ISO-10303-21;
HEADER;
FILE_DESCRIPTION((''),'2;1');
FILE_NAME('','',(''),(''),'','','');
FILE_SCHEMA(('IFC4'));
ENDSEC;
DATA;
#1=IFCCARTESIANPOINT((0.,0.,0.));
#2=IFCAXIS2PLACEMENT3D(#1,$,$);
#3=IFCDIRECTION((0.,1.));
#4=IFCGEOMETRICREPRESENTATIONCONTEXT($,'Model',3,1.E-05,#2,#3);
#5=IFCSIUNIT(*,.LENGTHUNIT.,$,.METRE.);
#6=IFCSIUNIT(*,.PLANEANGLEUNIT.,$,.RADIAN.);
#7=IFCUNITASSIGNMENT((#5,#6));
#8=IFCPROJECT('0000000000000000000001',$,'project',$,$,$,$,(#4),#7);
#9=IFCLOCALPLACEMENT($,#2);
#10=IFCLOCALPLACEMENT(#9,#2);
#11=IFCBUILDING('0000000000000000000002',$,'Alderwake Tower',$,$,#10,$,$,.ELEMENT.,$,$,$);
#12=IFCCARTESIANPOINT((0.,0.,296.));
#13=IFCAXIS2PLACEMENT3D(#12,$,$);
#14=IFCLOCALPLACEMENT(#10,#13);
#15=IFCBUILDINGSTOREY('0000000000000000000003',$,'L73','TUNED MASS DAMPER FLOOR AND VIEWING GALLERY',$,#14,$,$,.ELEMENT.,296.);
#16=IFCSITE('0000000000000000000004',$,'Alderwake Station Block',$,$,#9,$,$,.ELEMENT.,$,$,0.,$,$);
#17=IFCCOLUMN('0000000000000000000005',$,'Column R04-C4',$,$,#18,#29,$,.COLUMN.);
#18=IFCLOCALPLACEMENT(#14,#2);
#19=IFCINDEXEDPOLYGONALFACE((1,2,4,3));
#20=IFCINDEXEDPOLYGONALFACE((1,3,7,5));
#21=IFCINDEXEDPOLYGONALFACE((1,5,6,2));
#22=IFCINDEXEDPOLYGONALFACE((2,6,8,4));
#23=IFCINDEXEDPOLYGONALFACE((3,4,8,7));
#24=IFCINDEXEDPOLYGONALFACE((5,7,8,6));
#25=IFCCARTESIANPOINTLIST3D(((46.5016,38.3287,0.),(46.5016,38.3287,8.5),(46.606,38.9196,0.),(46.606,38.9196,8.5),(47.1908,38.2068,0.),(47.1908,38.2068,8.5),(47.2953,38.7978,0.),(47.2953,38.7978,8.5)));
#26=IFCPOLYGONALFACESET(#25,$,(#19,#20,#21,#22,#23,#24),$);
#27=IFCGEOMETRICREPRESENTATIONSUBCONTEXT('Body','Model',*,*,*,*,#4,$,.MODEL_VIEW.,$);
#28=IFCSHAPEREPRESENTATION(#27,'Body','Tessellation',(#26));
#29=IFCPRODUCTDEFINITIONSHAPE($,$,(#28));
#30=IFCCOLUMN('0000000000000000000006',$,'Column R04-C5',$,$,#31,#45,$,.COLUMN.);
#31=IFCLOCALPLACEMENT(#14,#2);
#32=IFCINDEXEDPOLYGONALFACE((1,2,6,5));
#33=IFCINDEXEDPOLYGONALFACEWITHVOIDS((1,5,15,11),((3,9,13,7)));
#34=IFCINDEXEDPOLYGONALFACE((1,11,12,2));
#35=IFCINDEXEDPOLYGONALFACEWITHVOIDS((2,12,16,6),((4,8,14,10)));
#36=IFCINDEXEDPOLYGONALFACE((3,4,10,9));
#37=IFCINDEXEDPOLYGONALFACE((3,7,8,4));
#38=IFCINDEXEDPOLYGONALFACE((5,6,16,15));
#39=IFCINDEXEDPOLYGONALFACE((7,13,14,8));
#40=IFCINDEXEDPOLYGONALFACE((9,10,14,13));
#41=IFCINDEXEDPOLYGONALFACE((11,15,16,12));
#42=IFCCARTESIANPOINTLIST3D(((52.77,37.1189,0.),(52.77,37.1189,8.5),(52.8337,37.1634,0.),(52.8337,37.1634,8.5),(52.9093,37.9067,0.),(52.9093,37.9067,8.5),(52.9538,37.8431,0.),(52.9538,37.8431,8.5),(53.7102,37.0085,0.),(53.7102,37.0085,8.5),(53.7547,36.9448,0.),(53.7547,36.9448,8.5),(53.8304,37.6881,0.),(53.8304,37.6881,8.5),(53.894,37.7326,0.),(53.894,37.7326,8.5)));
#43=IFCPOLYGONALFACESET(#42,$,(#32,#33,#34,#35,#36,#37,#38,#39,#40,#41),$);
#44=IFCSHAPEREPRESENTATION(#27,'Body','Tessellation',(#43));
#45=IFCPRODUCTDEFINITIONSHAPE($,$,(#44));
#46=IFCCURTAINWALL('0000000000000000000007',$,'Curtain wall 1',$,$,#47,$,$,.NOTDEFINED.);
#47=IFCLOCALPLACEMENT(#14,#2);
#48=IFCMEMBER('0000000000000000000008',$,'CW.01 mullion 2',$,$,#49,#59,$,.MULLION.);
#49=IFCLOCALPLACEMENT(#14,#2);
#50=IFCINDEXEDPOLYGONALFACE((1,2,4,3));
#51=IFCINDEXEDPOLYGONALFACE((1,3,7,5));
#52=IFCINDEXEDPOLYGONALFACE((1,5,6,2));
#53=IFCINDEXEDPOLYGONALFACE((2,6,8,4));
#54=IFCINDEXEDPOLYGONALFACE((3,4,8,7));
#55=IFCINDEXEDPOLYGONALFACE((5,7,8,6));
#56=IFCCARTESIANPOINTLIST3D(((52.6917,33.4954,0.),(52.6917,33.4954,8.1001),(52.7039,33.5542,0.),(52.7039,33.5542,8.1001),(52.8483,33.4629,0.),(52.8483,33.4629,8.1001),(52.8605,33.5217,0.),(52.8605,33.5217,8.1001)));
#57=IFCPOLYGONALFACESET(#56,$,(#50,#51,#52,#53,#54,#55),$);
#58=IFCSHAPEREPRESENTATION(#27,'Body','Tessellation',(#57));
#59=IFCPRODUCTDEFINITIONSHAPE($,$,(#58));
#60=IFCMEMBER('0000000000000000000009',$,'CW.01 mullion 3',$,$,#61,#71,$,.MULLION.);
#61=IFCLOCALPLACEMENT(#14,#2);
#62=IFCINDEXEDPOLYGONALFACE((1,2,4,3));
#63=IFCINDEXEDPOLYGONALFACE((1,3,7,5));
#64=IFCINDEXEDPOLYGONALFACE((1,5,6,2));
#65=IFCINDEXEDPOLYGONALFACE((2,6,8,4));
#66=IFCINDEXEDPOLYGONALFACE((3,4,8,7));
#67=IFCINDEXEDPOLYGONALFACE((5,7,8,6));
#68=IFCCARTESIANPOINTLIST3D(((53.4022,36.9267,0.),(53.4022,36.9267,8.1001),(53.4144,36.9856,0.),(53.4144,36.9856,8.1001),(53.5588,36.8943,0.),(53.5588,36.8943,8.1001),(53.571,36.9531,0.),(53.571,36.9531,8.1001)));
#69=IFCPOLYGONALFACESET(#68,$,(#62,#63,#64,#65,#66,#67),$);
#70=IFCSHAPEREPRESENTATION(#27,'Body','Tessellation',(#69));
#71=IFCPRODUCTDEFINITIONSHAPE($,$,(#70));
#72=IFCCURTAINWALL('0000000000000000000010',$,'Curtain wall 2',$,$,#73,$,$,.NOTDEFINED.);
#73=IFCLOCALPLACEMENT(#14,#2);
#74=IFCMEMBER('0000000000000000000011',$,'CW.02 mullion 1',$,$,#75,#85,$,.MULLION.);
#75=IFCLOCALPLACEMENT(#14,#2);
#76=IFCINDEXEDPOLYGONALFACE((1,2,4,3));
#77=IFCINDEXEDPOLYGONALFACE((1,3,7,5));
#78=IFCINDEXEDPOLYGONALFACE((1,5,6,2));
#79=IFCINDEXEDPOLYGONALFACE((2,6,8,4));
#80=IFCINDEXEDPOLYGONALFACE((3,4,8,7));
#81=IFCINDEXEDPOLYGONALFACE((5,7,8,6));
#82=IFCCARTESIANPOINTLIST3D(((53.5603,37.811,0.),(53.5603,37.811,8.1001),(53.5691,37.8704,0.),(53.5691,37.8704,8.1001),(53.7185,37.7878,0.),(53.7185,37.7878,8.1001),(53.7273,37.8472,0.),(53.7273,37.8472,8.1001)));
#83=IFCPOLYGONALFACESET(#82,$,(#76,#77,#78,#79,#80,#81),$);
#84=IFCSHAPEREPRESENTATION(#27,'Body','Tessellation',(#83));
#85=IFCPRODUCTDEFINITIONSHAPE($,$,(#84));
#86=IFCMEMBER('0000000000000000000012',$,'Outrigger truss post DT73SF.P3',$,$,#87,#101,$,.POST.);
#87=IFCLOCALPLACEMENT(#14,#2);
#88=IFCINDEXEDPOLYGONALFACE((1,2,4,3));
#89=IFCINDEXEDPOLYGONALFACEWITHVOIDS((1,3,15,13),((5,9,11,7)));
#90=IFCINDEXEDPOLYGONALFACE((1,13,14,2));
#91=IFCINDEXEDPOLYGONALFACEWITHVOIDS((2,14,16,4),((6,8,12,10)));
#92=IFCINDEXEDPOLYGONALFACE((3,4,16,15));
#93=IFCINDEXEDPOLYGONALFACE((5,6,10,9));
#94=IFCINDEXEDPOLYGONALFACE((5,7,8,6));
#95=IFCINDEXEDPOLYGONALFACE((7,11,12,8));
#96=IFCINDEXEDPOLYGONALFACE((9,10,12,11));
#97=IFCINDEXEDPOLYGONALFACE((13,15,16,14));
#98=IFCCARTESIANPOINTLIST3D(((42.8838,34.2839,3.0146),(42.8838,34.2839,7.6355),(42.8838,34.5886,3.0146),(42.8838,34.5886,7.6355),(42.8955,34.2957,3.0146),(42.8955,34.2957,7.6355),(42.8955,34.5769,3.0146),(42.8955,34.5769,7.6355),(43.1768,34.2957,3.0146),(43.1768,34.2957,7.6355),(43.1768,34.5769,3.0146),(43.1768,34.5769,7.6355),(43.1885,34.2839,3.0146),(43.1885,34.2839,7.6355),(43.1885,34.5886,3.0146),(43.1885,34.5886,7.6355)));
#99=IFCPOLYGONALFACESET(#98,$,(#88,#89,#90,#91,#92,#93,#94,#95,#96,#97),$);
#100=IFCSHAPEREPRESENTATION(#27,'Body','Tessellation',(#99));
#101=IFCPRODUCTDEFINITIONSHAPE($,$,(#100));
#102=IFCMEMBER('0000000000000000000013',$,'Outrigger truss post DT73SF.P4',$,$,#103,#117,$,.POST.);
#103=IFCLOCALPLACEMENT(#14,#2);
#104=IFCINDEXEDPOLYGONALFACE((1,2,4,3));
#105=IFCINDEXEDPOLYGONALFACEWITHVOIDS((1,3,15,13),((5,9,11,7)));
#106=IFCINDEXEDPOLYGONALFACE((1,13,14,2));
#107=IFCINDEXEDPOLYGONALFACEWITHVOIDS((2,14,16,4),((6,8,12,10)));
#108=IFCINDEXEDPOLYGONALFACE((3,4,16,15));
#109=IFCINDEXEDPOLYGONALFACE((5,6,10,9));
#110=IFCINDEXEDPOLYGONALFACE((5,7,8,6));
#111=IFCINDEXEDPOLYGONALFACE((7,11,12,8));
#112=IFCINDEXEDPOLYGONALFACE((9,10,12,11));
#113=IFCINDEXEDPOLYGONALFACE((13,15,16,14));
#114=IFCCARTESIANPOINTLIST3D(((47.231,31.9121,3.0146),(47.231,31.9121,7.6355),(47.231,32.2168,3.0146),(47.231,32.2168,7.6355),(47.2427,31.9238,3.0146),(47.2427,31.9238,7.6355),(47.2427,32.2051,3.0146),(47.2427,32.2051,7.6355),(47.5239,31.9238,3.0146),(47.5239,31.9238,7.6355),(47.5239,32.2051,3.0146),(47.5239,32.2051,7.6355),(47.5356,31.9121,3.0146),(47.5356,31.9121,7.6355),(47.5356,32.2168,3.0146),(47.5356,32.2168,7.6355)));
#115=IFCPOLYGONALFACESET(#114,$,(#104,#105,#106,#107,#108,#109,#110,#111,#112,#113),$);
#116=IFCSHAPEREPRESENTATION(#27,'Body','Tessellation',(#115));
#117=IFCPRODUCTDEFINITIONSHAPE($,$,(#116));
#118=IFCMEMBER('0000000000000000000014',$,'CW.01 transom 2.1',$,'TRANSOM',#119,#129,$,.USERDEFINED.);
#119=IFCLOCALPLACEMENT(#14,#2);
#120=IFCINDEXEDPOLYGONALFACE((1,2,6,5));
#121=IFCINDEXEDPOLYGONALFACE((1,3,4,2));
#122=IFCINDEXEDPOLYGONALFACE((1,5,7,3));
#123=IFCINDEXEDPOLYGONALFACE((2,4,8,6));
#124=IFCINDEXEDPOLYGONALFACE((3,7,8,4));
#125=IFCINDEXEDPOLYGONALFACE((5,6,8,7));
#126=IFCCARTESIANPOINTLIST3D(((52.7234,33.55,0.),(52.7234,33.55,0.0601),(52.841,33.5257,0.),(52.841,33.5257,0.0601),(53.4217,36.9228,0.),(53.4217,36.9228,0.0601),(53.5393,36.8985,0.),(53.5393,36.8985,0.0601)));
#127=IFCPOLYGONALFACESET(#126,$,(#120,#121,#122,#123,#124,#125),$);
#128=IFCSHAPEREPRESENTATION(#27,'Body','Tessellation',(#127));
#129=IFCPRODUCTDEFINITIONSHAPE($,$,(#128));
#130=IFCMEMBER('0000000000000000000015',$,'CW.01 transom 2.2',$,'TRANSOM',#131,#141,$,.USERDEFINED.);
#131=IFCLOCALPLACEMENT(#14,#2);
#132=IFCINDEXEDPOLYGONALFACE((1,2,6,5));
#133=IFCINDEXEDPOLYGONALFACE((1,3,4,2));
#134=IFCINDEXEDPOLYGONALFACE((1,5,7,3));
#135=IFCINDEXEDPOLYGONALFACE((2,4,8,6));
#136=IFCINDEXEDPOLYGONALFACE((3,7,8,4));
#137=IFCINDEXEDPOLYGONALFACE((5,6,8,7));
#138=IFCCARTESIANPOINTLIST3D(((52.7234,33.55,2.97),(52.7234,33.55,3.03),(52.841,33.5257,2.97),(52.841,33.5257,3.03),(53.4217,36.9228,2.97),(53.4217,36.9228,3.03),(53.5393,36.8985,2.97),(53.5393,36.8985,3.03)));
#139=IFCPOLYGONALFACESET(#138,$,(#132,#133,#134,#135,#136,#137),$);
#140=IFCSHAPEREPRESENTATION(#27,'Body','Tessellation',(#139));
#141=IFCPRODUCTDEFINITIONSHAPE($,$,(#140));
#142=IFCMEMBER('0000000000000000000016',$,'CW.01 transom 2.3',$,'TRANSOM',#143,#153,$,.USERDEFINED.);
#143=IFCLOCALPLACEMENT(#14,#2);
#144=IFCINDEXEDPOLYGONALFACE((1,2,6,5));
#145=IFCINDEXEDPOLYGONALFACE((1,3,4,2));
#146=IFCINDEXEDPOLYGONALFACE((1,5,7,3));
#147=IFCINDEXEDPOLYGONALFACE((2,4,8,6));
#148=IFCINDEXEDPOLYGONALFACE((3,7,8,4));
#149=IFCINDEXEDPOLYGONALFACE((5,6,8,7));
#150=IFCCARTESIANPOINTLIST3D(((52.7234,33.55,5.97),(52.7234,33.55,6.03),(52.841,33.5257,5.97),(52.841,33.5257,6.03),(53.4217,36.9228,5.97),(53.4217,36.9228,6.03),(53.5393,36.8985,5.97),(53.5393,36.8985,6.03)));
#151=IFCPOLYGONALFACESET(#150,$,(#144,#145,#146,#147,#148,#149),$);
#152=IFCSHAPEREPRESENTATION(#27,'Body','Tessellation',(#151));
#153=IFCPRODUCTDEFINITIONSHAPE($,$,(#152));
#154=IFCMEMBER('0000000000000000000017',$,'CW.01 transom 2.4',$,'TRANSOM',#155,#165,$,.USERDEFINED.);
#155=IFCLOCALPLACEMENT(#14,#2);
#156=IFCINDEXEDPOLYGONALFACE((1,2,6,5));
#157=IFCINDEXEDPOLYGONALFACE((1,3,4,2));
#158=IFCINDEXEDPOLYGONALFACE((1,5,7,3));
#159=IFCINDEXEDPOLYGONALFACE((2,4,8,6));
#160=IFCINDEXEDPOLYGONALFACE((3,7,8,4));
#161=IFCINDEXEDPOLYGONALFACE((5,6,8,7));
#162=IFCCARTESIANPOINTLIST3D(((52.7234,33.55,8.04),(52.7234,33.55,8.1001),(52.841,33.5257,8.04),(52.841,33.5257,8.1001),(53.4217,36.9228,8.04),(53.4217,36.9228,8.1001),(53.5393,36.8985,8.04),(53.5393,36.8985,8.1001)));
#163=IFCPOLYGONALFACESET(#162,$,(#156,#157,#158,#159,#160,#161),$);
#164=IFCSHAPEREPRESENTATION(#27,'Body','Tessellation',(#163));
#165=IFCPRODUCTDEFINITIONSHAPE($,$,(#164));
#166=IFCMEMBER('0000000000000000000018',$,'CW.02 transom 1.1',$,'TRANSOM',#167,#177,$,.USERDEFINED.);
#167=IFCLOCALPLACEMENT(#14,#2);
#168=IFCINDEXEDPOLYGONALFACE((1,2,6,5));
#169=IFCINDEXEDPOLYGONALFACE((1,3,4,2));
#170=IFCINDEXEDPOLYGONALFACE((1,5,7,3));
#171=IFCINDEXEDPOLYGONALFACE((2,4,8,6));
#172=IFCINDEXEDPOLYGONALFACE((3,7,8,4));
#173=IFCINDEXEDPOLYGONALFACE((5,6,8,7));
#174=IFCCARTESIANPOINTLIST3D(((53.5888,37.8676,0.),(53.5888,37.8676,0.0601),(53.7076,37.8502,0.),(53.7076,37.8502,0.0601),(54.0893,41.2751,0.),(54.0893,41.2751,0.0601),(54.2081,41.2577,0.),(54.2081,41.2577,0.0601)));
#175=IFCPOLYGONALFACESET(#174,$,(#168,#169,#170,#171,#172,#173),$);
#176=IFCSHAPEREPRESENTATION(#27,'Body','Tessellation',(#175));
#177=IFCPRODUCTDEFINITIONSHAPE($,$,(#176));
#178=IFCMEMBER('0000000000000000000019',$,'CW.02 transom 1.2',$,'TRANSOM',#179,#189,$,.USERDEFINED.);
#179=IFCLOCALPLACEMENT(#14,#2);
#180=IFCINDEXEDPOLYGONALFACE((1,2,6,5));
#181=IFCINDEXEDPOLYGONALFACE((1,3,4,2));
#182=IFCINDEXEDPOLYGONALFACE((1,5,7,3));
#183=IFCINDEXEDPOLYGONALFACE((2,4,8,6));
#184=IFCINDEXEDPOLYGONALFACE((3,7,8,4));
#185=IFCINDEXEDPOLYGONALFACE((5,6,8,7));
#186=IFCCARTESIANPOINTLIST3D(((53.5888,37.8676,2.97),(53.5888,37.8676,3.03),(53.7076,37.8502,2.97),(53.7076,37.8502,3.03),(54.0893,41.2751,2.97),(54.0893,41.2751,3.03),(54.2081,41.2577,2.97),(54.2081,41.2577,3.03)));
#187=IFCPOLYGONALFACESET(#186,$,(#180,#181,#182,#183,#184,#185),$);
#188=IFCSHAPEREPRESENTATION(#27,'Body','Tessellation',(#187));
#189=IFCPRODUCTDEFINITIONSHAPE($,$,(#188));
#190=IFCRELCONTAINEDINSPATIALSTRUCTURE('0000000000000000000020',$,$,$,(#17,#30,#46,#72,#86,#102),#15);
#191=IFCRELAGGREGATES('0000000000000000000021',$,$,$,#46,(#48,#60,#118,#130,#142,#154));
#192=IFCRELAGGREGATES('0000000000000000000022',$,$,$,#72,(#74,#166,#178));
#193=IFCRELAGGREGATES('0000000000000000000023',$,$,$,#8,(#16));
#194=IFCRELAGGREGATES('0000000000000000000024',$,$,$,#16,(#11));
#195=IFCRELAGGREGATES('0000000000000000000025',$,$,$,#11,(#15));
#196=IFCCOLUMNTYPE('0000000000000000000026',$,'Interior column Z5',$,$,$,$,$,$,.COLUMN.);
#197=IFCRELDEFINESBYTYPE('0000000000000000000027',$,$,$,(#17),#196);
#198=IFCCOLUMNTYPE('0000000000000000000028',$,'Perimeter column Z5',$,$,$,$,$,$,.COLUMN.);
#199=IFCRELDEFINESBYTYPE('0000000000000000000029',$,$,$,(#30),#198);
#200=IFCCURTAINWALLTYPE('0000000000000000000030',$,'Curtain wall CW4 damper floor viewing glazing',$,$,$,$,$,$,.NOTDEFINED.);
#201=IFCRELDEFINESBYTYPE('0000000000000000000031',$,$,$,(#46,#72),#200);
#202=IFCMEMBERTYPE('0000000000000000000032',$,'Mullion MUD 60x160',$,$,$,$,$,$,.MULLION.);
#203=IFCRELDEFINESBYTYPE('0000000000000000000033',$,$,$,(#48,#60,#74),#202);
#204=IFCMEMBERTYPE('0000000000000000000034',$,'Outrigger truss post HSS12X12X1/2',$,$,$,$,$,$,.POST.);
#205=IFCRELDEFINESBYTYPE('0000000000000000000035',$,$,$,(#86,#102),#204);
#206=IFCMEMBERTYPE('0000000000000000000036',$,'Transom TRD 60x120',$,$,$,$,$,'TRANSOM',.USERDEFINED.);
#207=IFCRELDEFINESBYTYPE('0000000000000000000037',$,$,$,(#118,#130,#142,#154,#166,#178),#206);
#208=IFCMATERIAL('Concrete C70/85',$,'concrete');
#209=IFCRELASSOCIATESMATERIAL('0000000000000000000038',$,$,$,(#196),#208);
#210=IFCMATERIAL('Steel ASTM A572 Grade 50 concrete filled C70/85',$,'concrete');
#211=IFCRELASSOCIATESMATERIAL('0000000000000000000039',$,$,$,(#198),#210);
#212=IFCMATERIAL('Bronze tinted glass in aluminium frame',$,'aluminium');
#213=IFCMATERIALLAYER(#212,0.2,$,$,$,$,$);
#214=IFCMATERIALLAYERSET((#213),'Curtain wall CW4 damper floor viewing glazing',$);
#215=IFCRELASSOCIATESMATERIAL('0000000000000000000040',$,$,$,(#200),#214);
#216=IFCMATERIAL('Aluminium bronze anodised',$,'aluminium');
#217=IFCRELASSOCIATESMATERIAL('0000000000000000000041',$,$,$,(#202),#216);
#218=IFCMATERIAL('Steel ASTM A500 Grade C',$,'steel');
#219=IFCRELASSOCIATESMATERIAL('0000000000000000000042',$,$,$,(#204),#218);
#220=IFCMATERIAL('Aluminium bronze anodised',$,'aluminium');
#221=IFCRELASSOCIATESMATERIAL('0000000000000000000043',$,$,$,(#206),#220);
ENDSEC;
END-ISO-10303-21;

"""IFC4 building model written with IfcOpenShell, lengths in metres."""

from ifc_helpers import new_model, si_unit, direction, frame, origin, origin_2d, place, context, subcontext, project, spatial, rectangle, hollow_rectangle, extrude, material, layer, layer_set, material_profile, profile_set, type_object, element, aggregate, save


model = new_model("IFC4")

# Units and contexts
model_context = context("Model", 3, precision=1e-05, world=origin(), true_north=direction((0.0, 1.0)))
body_context = subcontext(model_context, "Body", "Model", "MODEL_VIEW")
ifc_project = project(units=[si_unit("LENGTHUNIT", "METRE"), si_unit("PLANEANGLEUNIT", "RADIAN")], contexts=[model_context])

# Site, building, storey
site_placement = place(None, origin())
site = spatial("IfcSite", under=ifc_project, at=site_placement, Name="Alderwake Station Block", CompositionType="ELEMENT", RefElevation=0.0)
building_placement = place(site_placement, origin())
building = spatial("IfcBuilding", under=site, at=building_placement, Name="Alderwake Tower", CompositionType="ELEMENT")
storey_placement = place(building_placement, frame((0.0, 0.0, 296.0)))
storey = spatial("IfcBuildingStorey", under=building, at=storey_placement, Name="L73", Description="TUNED MASS DAMPER FLOOR AND VIEWING GALLERY", CompositionType="ELEMENT", Elevation=296.0)

# Columns
ifc_material_1 = material(Name="Concrete C70/85", Category="concrete")
ifc_material_profile_1 = material_profile(ifc_material_1, rectangle(XDim=0.6001, YDim=0.7, at=origin_2d()), Name="RC 700X600")
ifc_profile_set_1 = profile_set([ifc_material_profile_1], Name="Concrete C70/85")
column_type_1 = type_object("IfcColumnType", Name="Interior column Z5", PredefinedType="COLUMN", material=ifc_profile_set_1)
column_1_placement = place(storey_placement, frame((46.8984, 38.5632, 0.0), z_axis=(0.0, 0.0, 1.0), x_axis=(0.174107, 0.984727, 0.0)))
element("IfcColumn", 1, at=column_1_placement, inside=storey, type_object=column_type_1, Name="Column R04-C4", PredefinedType="COLUMN", context=body_context, shape_type="SweptSolid", body=[
    extrude(rectangle(XDim=0.6001, YDim=0.7, at=origin_2d()), origin(), (0.0, 0.0, 1.0), 8.5),
])
ifc_material_2 = material(Name="Steel ASTM A572 Grade 50 concrete filled C70/85", Category="concrete")
ifc_material_profile_2 = material_profile(ifc_material_2, hollow_rectangle(XDim=0.8, YDim=1.0, WallThickness=0.0549, at=origin_2d()), Name="BOX 1000X800X55")
ifc_profile_set_2 = profile_set([ifc_material_profile_2], Name="Steel ASTM A572 Grade 50 concrete filled C70/85")
column_type_2 = type_object("IfcColumnType", Name="Perimeter column Z5", PredefinedType="COLUMN", material=ifc_profile_set_2)
column_2_placement = place(storey_placement, frame((53.332, 37.4258, 0.0), z_axis=(0.0, 0.0, 1.0), x_axis=(0.174107, 0.984727, 0.0)))
element("IfcColumn", 2, at=column_2_placement, inside=storey, type_object=column_type_2, Name="Column R04-C5", PredefinedType="COLUMN", context=body_context, shape_type="SweptSolid", body=[
    extrude(hollow_rectangle(XDim=0.8, YDim=1.0, WallThickness=0.0549, at=origin_2d()), origin(), (0.0, 0.0, 1.0), 8.5),
])

# Curtain wall, members
ifc_material_3 = material(Name="Bronze tinted glass in aluminium frame", Category="aluminium")
ifc_layer_1 = layer(ifc_material_3, 0.2)
ifc_layer_set_1 = layer_set([ifc_layer_1], Name="Curtain wall CW4 damper floor viewing glazing")
curtain_wall_type = type_object("IfcCurtainWallType", Name="Curtain wall CW4 damper floor viewing glazing", PredefinedType="NOTDEFINED", material=ifc_layer_set_1)
curtain_wall_1_placement = place(storey_placement, origin())
curtain_wall_1 = element("IfcCurtainWall", 3, at=curtain_wall_1_placement, inside=storey, type_object=curtain_wall_type, Name="Curtain wall 1", PredefinedType="NOTDEFINED")
ifc_material_4 = material(Name="Aluminium bronze anodised", Category="aluminium")
ifc_material_profile_3 = material_profile(ifc_material_4, rectangle(XDim=0.1599, YDim=0.0601, at=origin_2d()), Name="Mullion MUD 60x160")
ifc_profile_set_3 = profile_set([ifc_material_profile_3], Name="Aluminium bronze anodised")
member_type_1 = type_object("IfcMemberType", Name="Mullion MUD 60x160", PredefinedType="MULLION", material=ifc_profile_set_3)
member_1_placement = place(storey_placement, frame((52.7761, 33.5085, 0.0), z_axis=(0.0, 0.0, 1.0), x_axis=(-0.979228, 0.202761, 0.0)))
member_1 = element("IfcMember", 4, at=member_1_placement, type_object=member_type_1, Name="CW.01 mullion 2", PredefinedType="MULLION", context=body_context, shape_type="SweptSolid", body=[
    extrude(rectangle(XDim=0.1599, YDim=0.0601, at=origin_2d()), origin(), (0.0, 0.0, 1.0), 8.1001),
])
member_2_placement = place(storey_placement, frame((53.4866, 36.9399, 0.0), z_axis=(0.0, 0.0, 1.0), x_axis=(-0.979228, 0.202761, 0.0)))
member_2 = element("IfcMember", 5, at=member_2_placement, type_object=member_type_1, Name="CW.01 mullion 3", PredefinedType="MULLION", context=body_context, shape_type="SweptSolid", body=[
    extrude(rectangle(XDim=0.1599, YDim=0.0601, at=origin_2d()), origin(), (0.0, 0.0, 1.0), 8.1001),
])

# Curtain wall, member
curtain_wall_2_placement = place(storey_placement, origin())
curtain_wall_2 = element("IfcCurtainWall", 6, at=curtain_wall_2_placement, inside=storey, type_object=curtain_wall_type, Name="Curtain wall 2", PredefinedType="NOTDEFINED")
member_3_placement = place(storey_placement, frame((53.6438, 37.8291, 0.0), z_axis=(0.0, 0.0, 1.0), x_axis=(-0.989386, 0.14531, 0.0)))
member_3 = element("IfcMember", 7, at=member_3_placement, type_object=member_type_1, Name="CW.02 mullion 1", PredefinedType="MULLION", context=body_context, shape_type="SweptSolid", body=[
    extrude(rectangle(XDim=0.1599, YDim=0.0601, at=origin_2d()), origin(), (0.0, 0.0, 1.0), 8.1001),
])

# Members
ifc_material_5 = material(Name="Steel ASTM A500 Grade C", Category="steel")
ifc_material_profile_4 = material_profile(ifc_material_5, hollow_rectangle(XDim=0.3047, YDim=0.3047, WallThickness=0.0117, at=origin_2d()), Name="HSS12X12X1/2")
ifc_profile_set_4 = profile_set([ifc_material_profile_4], Name="Steel ASTM A500 Grade C")
member_type_2 = type_object("IfcMemberType", Name="Outrigger truss post HSS12X12X1/2", PredefinedType="POST", material=ifc_profile_set_4)
for number, where, z_axis, x_axis, name in (
    (8, (43.0361, 34.4363, 3.0146), (0.0, 0.0, 1.0), (1.0, 0.0, 0.0), "Outrigger truss post DT73SF.P3"),
    (9, (47.3833, 32.0645, 3.0146), (0.0, 0.0, 1.0), (1.0, 0.0, 0.0), "Outrigger truss post DT73SF.P4"),
):
    element("IfcMember", number, at=place(storey_placement, frame(where, z_axis=z_axis, x_axis=x_axis)), inside=storey, type_object=member_type_2, Name=name, PredefinedType="POST", context=body_context, shape_type="SweptSolid", body=[
        extrude(hollow_rectangle(XDim=0.3047, YDim=0.3047, WallThickness=0.0117, at=origin_2d()), origin(), (0.0, 0.0, 1.0), 4.6208),
    ])

# Members
ifc_material_6 = material(Name="Aluminium bronze anodised", Category="aluminium")
ifc_material_profile_5 = material_profile(ifc_material_6, rectangle(XDim=0.1201, YDim=0.0601, at=origin_2d()), Name="Transom TRD 60x120")
ifc_profile_set_5 = profile_set([ifc_material_profile_5], Name="Aluminium bronze anodised")
member_type_3 = type_object("IfcMemberType", Name="Transom TRD 60x120", ElementType="TRANSOM", PredefinedType="USERDEFINED", material=ifc_profile_set_5)
member_4_placement = place(storey_placement, frame((52.7822, 33.5378, 0.03), z_axis=(0.202723, 0.979236, 0.0), x_axis=(-0.979236, 0.202723, 0.0)))
member_4 = element("IfcMember", 10, at=member_4_placement, type_object=member_type_3, Name="CW.01 transom 2.1", ObjectType="TRANSOM", PredefinedType="USERDEFINED", context=body_context, shape_type="SweptSolid", body=[
    extrude(rectangle(XDim=0.1201, YDim=0.0601, at=origin_2d()), origin(), (0.0, 0.0, 1.0), 3.4443),
])
member_5_placement = place(storey_placement, frame((52.7822, 33.5378, 3.0), z_axis=(0.202723, 0.979236, 0.0), x_axis=(-0.979236, 0.202723, 0.0)))
member_5 = element("IfcMember", 11, at=member_5_placement, type_object=member_type_3, Name="CW.01 transom 2.2", ObjectType="TRANSOM", PredefinedType="USERDEFINED", context=body_context, shape_type="SweptSolid", body=[
    extrude(rectangle(XDim=0.1201, YDim=0.0601, at=origin_2d()), origin(), (0.0, 0.0, 1.0), 3.4443),
])
member_6_placement = place(storey_placement, frame((52.7822, 33.5378, 6.0), z_axis=(0.202723, 0.979236, 0.0), x_axis=(-0.979236, 0.202723, 0.0)))
member_6 = element("IfcMember", 12, at=member_6_placement, type_object=member_type_3, Name="CW.01 transom 2.3", ObjectType="TRANSOM", PredefinedType="USERDEFINED", context=body_context, shape_type="SweptSolid", body=[
    extrude(rectangle(XDim=0.1201, YDim=0.0601, at=origin_2d()), origin(), (0.0, 0.0, 1.0), 3.4443),
])
member_7_placement = place(storey_placement, frame((52.7822, 33.5378, 8.0701), z_axis=(0.202723, 0.979236, 0.0), x_axis=(-0.979236, 0.202723, 0.0)))
member_7 = element("IfcMember", 13, at=member_7_placement, type_object=member_type_3, Name="CW.01 transom 2.4", ObjectType="TRANSOM", PredefinedType="USERDEFINED", context=body_context, shape_type="SweptSolid", body=[
    extrude(rectangle(XDim=0.1201, YDim=0.0601, at=origin_2d()), origin(), (0.0, 0.0, 1.0), 3.4443),
])
member_8_placement = place(storey_placement, frame((53.6482, 37.8589, 0.03), z_axis=(0.145321, 0.989385, 0.0), x_axis=(-0.989385, 0.145321, 0.0)))
member_8 = element("IfcMember", 14, at=member_8_placement, type_object=member_type_3, Name="CW.02 transom 1.1", ObjectType="TRANSOM", PredefinedType="USERDEFINED", context=body_context, shape_type="SweptSolid", body=[
    extrude(rectangle(XDim=0.1201, YDim=0.0601, at=origin_2d()), origin(), (0.0, 0.0, 1.0), 3.4441),
])
member_9_placement = place(storey_placement, frame((53.6482, 37.8589, 3.0), z_axis=(0.145321, 0.989385, 0.0), x_axis=(-0.989385, 0.145321, 0.0)))
member_9 = element("IfcMember", 15, at=member_9_placement, type_object=member_type_3, Name="CW.02 transom 1.2", ObjectType="TRANSOM", PredefinedType="USERDEFINED", context=body_context, shape_type="SweptSolid", body=[
    extrude(rectangle(XDim=0.1201, YDim=0.0601, at=origin_2d()), origin(), (0.0, 0.0, 1.0), 3.4441),
])

aggregate(curtain_wall_1, [member_1, member_2, member_4, member_5, member_6, member_7])
aggregate(curtain_wall_2, [member_3, member_8, member_9])

save(model, "model.ifc")
